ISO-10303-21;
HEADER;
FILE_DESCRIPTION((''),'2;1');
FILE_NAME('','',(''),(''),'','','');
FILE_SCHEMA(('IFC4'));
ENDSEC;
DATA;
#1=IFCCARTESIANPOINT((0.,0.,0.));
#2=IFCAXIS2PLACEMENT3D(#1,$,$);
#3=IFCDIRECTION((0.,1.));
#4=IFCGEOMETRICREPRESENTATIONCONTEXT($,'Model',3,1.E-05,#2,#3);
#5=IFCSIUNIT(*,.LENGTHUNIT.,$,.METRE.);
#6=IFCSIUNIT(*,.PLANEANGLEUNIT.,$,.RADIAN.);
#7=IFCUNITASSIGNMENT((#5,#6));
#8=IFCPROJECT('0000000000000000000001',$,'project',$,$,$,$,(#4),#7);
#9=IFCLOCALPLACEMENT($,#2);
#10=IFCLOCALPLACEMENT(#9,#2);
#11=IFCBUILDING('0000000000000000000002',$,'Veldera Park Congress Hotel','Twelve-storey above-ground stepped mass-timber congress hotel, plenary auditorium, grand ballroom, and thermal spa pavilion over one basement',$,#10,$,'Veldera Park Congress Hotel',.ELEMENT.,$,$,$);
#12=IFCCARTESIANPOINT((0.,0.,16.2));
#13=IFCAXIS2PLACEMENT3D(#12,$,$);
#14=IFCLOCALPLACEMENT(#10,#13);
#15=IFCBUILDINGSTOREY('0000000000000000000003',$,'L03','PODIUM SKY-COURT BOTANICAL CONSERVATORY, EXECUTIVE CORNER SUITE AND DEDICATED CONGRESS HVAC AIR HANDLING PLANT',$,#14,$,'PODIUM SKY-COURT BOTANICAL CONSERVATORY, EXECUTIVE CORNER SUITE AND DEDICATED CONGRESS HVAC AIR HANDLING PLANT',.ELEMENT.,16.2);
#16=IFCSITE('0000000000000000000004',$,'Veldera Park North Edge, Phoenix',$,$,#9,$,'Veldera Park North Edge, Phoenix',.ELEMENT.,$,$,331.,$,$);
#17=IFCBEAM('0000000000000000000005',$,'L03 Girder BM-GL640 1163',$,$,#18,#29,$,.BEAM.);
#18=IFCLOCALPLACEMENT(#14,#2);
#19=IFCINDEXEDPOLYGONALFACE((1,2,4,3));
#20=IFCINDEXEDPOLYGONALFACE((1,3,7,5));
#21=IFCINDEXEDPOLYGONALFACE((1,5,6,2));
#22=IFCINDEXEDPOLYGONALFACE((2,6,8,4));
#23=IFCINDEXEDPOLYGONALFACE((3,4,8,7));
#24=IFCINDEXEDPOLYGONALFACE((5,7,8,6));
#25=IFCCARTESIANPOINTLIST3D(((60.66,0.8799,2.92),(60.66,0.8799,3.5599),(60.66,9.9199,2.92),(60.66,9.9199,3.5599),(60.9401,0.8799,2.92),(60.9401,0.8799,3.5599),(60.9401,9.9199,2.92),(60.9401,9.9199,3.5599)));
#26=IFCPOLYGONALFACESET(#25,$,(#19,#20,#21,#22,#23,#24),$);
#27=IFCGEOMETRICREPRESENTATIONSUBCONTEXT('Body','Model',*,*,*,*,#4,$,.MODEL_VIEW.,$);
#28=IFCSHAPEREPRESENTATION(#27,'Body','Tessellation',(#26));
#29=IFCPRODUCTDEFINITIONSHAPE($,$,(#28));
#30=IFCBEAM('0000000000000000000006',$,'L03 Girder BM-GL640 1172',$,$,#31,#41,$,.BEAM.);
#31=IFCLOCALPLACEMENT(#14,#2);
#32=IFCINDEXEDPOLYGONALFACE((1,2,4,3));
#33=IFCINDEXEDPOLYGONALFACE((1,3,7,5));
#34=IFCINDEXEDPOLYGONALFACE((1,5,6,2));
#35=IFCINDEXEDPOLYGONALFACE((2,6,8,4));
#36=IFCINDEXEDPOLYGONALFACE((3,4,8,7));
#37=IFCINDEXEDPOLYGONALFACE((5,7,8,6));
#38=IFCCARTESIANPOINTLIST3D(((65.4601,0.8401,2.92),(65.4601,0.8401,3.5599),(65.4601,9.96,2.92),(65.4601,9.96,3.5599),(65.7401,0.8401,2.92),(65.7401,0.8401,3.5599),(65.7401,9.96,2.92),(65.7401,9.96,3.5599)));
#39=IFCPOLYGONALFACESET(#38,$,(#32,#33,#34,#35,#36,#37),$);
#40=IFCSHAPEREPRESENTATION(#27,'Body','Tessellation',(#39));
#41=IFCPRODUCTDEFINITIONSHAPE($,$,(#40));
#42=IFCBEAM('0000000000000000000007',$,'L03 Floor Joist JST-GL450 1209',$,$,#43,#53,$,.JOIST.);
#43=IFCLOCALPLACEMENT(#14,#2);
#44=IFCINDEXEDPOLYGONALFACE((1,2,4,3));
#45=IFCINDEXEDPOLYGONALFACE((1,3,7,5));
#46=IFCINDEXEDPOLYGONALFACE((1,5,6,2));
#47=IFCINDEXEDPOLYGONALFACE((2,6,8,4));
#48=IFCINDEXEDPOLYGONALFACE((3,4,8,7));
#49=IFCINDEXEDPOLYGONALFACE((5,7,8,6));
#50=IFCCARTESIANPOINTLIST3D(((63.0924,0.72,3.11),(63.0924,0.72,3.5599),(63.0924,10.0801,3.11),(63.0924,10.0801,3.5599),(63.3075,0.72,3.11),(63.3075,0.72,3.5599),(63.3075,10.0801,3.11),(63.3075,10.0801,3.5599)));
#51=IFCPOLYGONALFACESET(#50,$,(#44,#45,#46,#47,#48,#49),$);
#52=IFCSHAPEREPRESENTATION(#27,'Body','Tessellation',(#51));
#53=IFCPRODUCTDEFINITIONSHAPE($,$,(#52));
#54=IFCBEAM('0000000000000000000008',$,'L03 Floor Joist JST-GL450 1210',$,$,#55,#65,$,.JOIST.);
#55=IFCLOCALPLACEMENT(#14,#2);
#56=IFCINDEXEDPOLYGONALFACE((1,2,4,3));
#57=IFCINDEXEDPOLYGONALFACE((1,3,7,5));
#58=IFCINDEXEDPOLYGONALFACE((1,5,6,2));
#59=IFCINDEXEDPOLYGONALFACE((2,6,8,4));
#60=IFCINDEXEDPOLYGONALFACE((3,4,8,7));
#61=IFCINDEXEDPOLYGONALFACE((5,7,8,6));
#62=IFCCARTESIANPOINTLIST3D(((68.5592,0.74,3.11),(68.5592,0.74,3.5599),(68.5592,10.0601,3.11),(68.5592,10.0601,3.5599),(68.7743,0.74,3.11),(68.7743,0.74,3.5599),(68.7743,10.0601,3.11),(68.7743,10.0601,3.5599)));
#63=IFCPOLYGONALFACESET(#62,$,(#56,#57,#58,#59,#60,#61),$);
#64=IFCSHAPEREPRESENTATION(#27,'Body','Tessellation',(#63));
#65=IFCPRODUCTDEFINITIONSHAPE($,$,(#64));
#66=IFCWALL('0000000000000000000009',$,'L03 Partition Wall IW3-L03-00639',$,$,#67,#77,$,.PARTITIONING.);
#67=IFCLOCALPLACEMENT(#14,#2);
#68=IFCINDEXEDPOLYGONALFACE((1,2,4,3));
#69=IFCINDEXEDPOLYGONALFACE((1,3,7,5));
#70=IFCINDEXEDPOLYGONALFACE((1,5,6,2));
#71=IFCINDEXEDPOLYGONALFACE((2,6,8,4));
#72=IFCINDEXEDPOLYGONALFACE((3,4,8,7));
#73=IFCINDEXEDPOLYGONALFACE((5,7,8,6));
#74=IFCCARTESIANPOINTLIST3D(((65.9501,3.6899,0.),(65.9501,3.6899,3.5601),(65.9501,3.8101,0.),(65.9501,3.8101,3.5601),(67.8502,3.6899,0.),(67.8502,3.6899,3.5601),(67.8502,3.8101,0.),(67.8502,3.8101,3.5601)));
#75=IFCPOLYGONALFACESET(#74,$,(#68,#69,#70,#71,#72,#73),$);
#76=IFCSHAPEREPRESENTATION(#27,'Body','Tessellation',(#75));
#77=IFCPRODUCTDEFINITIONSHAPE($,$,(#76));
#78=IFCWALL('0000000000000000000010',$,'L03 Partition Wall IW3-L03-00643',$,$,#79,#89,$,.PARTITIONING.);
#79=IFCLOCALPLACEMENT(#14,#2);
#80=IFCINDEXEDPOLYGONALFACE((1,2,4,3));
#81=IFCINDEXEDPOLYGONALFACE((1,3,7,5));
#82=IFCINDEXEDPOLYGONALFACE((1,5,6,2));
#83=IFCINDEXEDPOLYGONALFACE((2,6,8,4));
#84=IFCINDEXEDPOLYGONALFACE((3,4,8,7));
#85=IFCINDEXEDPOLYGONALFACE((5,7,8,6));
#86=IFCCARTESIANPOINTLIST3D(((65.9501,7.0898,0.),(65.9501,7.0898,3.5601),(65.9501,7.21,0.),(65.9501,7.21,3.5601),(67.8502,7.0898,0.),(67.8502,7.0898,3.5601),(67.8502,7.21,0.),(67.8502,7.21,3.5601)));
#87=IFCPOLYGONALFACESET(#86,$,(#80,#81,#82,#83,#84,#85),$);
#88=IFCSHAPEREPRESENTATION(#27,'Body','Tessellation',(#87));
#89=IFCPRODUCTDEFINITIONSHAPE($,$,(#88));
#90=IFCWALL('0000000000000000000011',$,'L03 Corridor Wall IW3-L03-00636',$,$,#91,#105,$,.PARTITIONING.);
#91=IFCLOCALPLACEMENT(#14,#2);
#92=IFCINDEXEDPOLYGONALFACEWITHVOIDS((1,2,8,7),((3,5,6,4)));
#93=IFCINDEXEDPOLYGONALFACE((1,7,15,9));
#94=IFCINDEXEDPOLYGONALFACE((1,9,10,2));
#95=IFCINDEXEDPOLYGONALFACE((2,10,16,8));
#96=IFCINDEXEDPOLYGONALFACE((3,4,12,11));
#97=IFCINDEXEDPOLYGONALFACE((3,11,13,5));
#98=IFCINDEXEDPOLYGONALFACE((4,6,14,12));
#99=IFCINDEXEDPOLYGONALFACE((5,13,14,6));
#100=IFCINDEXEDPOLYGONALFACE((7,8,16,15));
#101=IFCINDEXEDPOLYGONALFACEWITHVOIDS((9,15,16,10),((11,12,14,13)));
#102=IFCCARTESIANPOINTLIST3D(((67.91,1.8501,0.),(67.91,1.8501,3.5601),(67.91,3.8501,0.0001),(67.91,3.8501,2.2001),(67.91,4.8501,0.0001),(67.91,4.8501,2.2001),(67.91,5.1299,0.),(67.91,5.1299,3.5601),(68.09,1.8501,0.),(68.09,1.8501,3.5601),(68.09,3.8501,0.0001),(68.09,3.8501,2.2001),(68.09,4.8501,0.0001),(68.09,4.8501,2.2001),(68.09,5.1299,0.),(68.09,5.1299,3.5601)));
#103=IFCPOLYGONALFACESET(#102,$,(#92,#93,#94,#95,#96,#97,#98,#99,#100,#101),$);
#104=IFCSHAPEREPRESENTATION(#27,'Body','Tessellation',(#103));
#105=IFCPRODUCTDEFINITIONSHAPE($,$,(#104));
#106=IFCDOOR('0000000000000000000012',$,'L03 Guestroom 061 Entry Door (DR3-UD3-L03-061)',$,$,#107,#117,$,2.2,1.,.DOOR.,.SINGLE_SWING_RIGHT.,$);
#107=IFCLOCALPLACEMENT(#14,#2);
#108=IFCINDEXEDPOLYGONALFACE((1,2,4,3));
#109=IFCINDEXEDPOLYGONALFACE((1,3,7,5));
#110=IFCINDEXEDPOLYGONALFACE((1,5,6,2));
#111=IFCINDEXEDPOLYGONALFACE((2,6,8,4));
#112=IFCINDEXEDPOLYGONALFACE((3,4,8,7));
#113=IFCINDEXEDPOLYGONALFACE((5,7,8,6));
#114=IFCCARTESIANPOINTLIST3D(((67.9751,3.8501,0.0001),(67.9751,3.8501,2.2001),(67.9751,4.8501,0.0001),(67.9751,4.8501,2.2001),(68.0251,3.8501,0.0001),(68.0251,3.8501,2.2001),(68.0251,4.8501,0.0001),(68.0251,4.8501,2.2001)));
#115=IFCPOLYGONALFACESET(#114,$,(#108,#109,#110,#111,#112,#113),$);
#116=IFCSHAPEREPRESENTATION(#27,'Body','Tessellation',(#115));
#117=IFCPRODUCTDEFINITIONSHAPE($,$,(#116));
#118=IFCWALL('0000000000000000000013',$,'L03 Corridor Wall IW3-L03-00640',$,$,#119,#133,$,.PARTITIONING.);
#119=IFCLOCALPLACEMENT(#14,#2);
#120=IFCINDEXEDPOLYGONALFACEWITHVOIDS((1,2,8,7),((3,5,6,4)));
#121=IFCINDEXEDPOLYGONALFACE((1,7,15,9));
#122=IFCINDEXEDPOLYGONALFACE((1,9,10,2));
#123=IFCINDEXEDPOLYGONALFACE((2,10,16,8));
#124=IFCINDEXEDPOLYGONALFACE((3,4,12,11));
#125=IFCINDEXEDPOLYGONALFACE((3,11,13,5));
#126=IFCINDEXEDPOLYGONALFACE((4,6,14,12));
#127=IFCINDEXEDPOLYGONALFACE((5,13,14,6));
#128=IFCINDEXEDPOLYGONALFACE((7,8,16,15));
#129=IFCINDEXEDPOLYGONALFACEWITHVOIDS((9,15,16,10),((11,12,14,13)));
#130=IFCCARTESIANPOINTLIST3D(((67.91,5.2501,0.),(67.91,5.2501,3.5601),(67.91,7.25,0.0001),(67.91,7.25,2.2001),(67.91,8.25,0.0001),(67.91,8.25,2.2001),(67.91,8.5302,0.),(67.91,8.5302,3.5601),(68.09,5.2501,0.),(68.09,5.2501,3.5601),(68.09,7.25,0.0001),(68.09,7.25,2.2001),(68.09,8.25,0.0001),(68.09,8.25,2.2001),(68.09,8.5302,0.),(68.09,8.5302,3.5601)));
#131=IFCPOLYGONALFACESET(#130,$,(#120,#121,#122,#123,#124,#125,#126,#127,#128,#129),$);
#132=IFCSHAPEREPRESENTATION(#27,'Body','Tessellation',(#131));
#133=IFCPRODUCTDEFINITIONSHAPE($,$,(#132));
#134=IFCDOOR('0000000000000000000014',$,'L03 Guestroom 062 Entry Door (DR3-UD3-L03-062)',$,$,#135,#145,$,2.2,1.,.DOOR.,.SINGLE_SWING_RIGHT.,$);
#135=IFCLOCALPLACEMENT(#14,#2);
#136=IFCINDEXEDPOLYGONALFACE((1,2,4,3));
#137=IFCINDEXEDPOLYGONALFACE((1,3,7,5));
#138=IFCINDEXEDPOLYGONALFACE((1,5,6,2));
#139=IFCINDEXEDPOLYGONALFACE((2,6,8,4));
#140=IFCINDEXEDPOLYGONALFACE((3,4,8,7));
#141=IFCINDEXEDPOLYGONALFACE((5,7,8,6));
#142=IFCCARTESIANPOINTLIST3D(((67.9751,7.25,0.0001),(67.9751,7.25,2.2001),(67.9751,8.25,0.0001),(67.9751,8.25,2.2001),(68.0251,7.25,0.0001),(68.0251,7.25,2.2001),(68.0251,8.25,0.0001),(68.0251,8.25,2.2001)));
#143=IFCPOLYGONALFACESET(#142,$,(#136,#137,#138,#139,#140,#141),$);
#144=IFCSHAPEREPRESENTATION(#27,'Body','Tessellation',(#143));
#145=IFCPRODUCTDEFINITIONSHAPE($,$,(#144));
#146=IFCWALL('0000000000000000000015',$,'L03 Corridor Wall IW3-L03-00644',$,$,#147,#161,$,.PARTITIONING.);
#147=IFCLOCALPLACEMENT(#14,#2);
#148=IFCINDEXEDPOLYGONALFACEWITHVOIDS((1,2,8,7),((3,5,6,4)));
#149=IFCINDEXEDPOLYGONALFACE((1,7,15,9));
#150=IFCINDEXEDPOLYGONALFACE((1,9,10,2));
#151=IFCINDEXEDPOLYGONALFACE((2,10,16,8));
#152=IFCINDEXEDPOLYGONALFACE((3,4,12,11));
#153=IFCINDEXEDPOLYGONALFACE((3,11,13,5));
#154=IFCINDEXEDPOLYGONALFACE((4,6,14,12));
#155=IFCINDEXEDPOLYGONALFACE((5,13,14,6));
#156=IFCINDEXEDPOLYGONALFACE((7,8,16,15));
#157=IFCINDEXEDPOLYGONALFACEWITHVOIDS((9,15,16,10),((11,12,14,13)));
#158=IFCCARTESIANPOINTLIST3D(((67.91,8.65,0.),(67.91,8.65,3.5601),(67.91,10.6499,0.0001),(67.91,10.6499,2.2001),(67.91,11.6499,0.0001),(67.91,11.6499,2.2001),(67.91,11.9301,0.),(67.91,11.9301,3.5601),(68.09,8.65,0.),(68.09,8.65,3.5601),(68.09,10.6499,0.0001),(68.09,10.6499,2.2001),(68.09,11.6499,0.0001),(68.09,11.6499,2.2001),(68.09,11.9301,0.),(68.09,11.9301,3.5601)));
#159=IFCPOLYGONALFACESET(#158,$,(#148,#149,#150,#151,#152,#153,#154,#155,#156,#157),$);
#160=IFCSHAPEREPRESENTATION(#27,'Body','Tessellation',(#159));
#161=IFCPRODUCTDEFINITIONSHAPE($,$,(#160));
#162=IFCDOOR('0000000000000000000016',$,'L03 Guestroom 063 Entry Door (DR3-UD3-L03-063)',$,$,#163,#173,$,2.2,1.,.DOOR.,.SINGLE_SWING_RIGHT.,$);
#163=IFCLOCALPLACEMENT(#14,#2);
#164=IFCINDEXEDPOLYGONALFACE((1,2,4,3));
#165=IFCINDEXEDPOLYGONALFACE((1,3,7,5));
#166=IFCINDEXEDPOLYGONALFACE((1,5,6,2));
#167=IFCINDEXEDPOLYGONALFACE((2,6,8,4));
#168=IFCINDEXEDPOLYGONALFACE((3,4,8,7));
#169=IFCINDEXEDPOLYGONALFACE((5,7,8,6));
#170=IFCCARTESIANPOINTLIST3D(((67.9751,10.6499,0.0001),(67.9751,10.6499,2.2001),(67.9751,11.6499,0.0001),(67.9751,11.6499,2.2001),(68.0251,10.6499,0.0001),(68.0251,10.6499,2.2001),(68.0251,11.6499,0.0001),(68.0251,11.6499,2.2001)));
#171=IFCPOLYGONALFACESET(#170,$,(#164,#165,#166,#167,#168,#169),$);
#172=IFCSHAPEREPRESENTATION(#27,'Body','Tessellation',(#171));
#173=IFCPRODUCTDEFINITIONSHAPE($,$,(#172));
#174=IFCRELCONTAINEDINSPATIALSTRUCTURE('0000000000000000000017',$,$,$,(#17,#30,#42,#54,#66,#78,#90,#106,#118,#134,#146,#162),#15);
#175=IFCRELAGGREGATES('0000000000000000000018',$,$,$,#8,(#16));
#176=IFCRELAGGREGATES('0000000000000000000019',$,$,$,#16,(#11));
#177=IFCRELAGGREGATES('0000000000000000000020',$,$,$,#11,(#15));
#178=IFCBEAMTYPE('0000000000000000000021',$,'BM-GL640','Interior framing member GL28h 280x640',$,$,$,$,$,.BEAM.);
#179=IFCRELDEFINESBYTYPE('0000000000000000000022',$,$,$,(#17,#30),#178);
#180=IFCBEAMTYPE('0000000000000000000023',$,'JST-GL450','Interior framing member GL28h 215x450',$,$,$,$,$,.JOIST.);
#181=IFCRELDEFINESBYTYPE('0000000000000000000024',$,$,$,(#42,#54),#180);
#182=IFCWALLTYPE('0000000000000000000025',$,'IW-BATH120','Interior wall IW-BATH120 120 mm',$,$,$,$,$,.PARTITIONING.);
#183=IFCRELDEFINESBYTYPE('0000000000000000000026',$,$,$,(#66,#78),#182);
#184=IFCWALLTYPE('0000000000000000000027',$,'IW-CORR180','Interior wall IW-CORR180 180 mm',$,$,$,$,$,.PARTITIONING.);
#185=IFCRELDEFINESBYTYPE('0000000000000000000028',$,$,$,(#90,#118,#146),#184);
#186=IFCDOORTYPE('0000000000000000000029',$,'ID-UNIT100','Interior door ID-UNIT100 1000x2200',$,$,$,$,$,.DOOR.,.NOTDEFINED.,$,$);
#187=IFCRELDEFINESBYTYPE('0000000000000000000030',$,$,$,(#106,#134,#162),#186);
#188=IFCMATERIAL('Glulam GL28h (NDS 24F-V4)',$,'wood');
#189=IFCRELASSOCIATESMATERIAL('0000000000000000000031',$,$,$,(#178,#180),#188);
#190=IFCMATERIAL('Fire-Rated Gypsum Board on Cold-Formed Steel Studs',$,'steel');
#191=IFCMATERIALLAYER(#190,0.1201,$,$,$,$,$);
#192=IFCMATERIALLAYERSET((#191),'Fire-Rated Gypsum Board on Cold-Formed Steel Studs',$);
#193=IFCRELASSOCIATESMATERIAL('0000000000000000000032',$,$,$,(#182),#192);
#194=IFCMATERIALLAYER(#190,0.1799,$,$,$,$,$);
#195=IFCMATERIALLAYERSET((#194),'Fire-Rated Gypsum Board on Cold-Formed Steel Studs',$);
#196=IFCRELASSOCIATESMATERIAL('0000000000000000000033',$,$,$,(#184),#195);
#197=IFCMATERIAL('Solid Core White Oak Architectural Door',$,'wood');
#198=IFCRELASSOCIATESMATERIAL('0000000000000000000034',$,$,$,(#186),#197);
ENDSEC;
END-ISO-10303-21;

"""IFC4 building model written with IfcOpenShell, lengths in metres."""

from ifc_helpers import new_model, si_unit, direction, frame, frame_2d, origin, origin_2d, place, context, subcontext, project, spatial, rectangle, extrude, material, layer, layer_set, material_profile, profile_set, type_object, element, fill, save


model = new_model("IFC4")

# Units and contexts
model_context = context("Model", 3, precision=1e-05, world=origin(), true_north=direction((0.0, 1.0)))
body_context = subcontext(model_context, "Body", "Model", "MODEL_VIEW")
ifc_project = project(units=[si_unit("LENGTHUNIT", "METRE"), si_unit("PLANEANGLEUNIT", "RADIAN")], contexts=[model_context])

# Site, building, storey
site_placement = place(None, origin())
site = spatial("IfcSite", under=ifc_project, at=site_placement, Name="Veldera Park North Edge, Phoenix", LongName="Veldera Park North Edge, Phoenix", CompositionType="ELEMENT", RefElevation=331.0)
building_placement = place(site_placement, origin())
building = spatial("IfcBuilding", under=site, at=building_placement, Name="Veldera Park Congress Hotel", Description="Twelve-storey above-ground stepped mass-timber congress hotel, plenary auditorium, grand ballroom, and thermal spa pavilion over one basement", LongName="Veldera Park Congress Hotel", CompositionType="ELEMENT")
storey_placement = place(building_placement, frame((0.0, 0.0, 16.2)))
storey = spatial("IfcBuildingStorey", under=building, at=storey_placement, Name="L03", Description="PODIUM SKY-COURT BOTANICAL CONSERVATORY, EXECUTIVE CORNER SUITE AND DEDICATED CONGRESS HVAC AIR HANDLING PLANT", LongName="PODIUM SKY-COURT BOTANICAL CONSERVATORY, EXECUTIVE CORNER SUITE AND DEDICATED CONGRESS HVAC AIR HANDLING PLANT", CompositionType="ELEMENT", Elevation=16.2)

# Beams
ifc_material_1 = material(Name="Glulam GL28h (NDS 24F-V4)", Category="wood")
ifc_material_profile_1 = material_profile(ifc_material_1, rectangle(XDim=0.28, YDim=0.6399, at=origin_2d()), Name="GL28h 280x640")
ifc_profile_set_1 = profile_set([ifc_material_profile_1], Name="Glulam GL28h (NDS 24F-V4)")
beam_type_1 = type_object("IfcBeamType", Name="BM-GL640", Description="Interior framing member GL28h 280x640", PredefinedType="BEAM", material=ifc_profile_set_1)
beam_1_placement = place(storey_placement, frame((60.8, 0.8799, 3.24), z_axis=(0.0, 1.0, 0.0), x_axis=(-1.0, 0.0, 0.0)))
element("IfcBeam", 1, at=beam_1_placement, inside=storey, type_object=beam_type_1, Name="L03 Girder BM-GL640 1163", PredefinedType="BEAM", context=body_context, shape_type="SweptSolid", body=[
    extrude(rectangle(XDim=0.28, YDim=0.6399, at=origin_2d()), origin(), (0.0, 0.0, 1.0), 9.04),
])
beam_2_placement = place(storey_placement, frame((65.6001, 0.8401, 3.24), z_axis=(0.0, 1.0, 0.0), x_axis=(-1.0, 0.0, 0.0)))
element("IfcBeam", 2, at=beam_2_placement, inside=storey, type_object=beam_type_1, Name="L03 Girder BM-GL640 1172", PredefinedType="BEAM", context=body_context, shape_type="SweptSolid", body=[
    extrude(rectangle(XDim=0.28, YDim=0.6399, at=origin_2d()), origin(), (0.0, 0.0, 1.0), 9.1199),
])
ifc_material_profile_2 = material_profile(ifc_material_1, rectangle(XDim=0.2151, YDim=0.45, at=origin_2d()), Name="GL28h 215x450")
ifc_profile_set_2 = profile_set([ifc_material_profile_2], Name="Glulam GL28h (NDS 24F-V4)")
beam_type_2 = type_object("IfcBeamType", Name="JST-GL450", Description="Interior framing member GL28h 215x450", PredefinedType="JOIST", material=ifc_profile_set_2)
beam_3_placement = place(storey_placement, frame((63.2, 0.72, 3.335), z_axis=(0.0, 1.0, 0.0), x_axis=(-1.0, 0.0, 0.0)))
element("IfcBeam", 3, at=beam_3_placement, inside=storey, type_object=beam_type_2, Name="L03 Floor Joist JST-GL450 1209", PredefinedType="JOIST", context=body_context, shape_type="SweptSolid", body=[
    extrude(rectangle(XDim=0.2151, YDim=0.45, at=origin_2d()), origin(), (0.0, 0.0, 1.0), 9.3601),
])
beam_4_placement = place(storey_placement, frame((68.6667, 0.74, 3.335), z_axis=(0.0, 1.0, 0.0), x_axis=(-1.0, 0.0, 0.0)))
element("IfcBeam", 4, at=beam_4_placement, inside=storey, type_object=beam_type_2, Name="L03 Floor Joist JST-GL450 1210", PredefinedType="JOIST", context=body_context, shape_type="SweptSolid", body=[
    extrude(rectangle(XDim=0.2151, YDim=0.45, at=origin_2d()), origin(), (0.0, 0.0, 1.0), 9.3201),
])

# Shared definitions
ifc_material_2 = material(Name="Fire-Rated Gypsum Board on Cold-Formed Steel Studs", Category="steel")
ifc_layer_1 = layer(ifc_material_2, 0.1201)
ifc_layer_set_1 = layer_set([ifc_layer_1], Name="Fire-Rated Gypsum Board on Cold-Formed Steel Studs")
wall_type_1 = type_object("IfcWallType", Name="IW-BATH120", Description="Interior wall IW-BATH120 120 mm", PredefinedType="PARTITIONING", material=ifc_layer_set_1)
ifc_material_3 = material(Name="Solid Core White Oak Architectural Door", Category="wood")

# Wall
wall_1_placement = place(storey_placement, frame((65.95, 3.75, 0.0), z_axis=(0.0, 0.0, 1.0), x_axis=(1.0, 0.0, 0.0)))
element("IfcWall", 5, at=wall_1_placement, inside=storey, type_object=wall_type_1, Name="L03 Partition Wall IW3-L03-00639", PredefinedType="PARTITIONING", context=body_context, shape_type="SweptSolid", body=[
    extrude(rectangle(XDim=1.9001, YDim=0.1201, at=frame_2d((0.9502, 0.0))), origin(), (0.0, 0.0, 1.0), 3.5601),
])

# Wall
wall_2_placement = place(storey_placement, frame((65.95, 7.1499, 0.0), z_axis=(0.0, 0.0, 1.0), x_axis=(1.0, 0.0, 0.0)))
element("IfcWall", 6, at=wall_2_placement, inside=storey, type_object=wall_type_1, Name="L03 Partition Wall IW3-L03-00643", PredefinedType="PARTITIONING", context=body_context, shape_type="SweptSolid", body=[
    extrude(rectangle(XDim=1.9001, YDim=0.1201, at=frame_2d((0.9502, 0.0))), origin(), (0.0, 0.0, 1.0), 3.5601),
])

# Walls, openings, doors
ifc_layer_2 = layer(ifc_material_2, 0.1799)
ifc_layer_set_2 = layer_set([ifc_layer_2], Name="Fire-Rated Gypsum Board on Cold-Formed Steel Studs")
wall_type_2 = type_object("IfcWallType", Name="IW-CORR180", Description="Interior wall IW-CORR180 180 mm", PredefinedType="PARTITIONING", material=ifc_layer_set_2)
wall_3_placement = place(storey_placement, frame((68.0, 1.8501, 0.0), z_axis=(0.0, 0.0, 1.0), x_axis=(0.0, 1.0, 0.0)))
wall_3 = element("IfcWall", 7, at=wall_3_placement, inside=storey, type_object=wall_type_2, Name="L03 Corridor Wall IW3-L03-00636", PredefinedType="PARTITIONING", context=body_context, shape_type="SweptSolid", body=[
    extrude(rectangle(XDim=3.2798, YDim=0.1799, at=frame_2d((1.6399, 0.0))), origin(), (0.0, 0.0, 1.0), 3.5601),
])
opening_1_placement = place(wall_3_placement, frame((2.0, 0.0, 0.0)))
opening_1 = element("IfcOpeningElement", 8, at=opening_1_placement, cuts=wall_3, PredefinedType="OPENING", context=body_context, shape_type="SweptSolid", body=[
    extrude(rectangle(XDim=1.0, YDim=2.2, at=frame_2d((0.5, 1.1001))), frame((0.0, 0.1021, 0.0), z_axis=(0.0, -1.0, 0.0), x_axis=(1.0, 0.0, 0.0)), (0.0, 0.0, 1.0), 0.2039),
])
door_type_1 = type_object("IfcDoorType", Name="ID-UNIT100", Description="Interior door ID-UNIT100 1000x2200", OperationType="NOTDEFINED", PredefinedType="DOOR", material=ifc_material_3)
door_1_placement = place(opening_1_placement, origin())
door_1 = element("IfcDoor", 9, at=door_1_placement, inside=storey, type_object=door_type_1, Name="L03 Guestroom 061 Entry Door (DR3-UD3-L03-061)", OperationType="SINGLE_SWING_RIGHT", OverallHeight=2.2, OverallWidth=1.0, PredefinedType="DOOR", context=body_context, shape_type="SweptSolid", body=[
    extrude(rectangle(XDim=1.0, YDim=2.2, at=frame_2d((0.5, 1.1001))), frame((0.0, 0.0249, 0.0), z_axis=(0.0, -1.0, 0.0), x_axis=(1.0, 0.0, 0.0)), (0.0, 0.0, 1.0), 0.05),
])
fill(opening_1, door_1)
wall_4_placement = place(storey_placement, frame((68.0, 5.25, 0.0), z_axis=(0.0, 0.0, 1.0), x_axis=(0.0, 1.0, 0.0)))
wall_4 = element("IfcWall", 10, at=wall_4_placement, inside=storey, type_object=wall_type_2, Name="L03 Corridor Wall IW3-L03-00640", PredefinedType="PARTITIONING", context=body_context, shape_type="SweptSolid", body=[
    extrude(rectangle(XDim=3.28, YDim=0.1799, at=frame_2d((1.6401, 0.0))), origin(), (0.0, 0.0, 1.0), 3.5601),
])
opening_2_placement = place(wall_4_placement, frame((2.0, 0.0, 0.0)))
opening_2 = element("IfcOpeningElement", 11, at=opening_2_placement, cuts=wall_4, PredefinedType="OPENING", context=body_context, shape_type="SweptSolid", body=[
    extrude(rectangle(XDim=1.0, YDim=2.2, at=frame_2d((0.5, 1.1001))), frame((0.0, 0.1021, 0.0), z_axis=(0.0, -1.0, 0.0), x_axis=(1.0, 0.0, 0.0)), (0.0, 0.0, 1.0), 0.2039),
])
door_2_placement = place(opening_2_placement, origin())
door_2 = element("IfcDoor", 12, at=door_2_placement, inside=storey, type_object=door_type_1, Name="L03 Guestroom 062 Entry Door (DR3-UD3-L03-062)", OperationType="SINGLE_SWING_RIGHT", OverallHeight=2.2, OverallWidth=1.0, PredefinedType="DOOR", context=body_context, shape_type="SweptSolid", body=[
    extrude(rectangle(XDim=1.0, YDim=2.2, at=frame_2d((0.5, 1.1001))), frame((0.0, 0.0249, 0.0), z_axis=(0.0, -1.0, 0.0), x_axis=(1.0, 0.0, 0.0)), (0.0, 0.0, 1.0), 0.05),
])
fill(opening_2, door_2)
wall_5_placement = place(storey_placement, frame((68.0, 8.6499, 0.0), z_axis=(0.0, 0.0, 1.0), x_axis=(0.0, 1.0, 0.0)))
wall_5 = element("IfcWall", 13, at=wall_5_placement, inside=storey, type_object=wall_type_2, Name="L03 Corridor Wall IW3-L03-00644", PredefinedType="PARTITIONING", context=body_context, shape_type="SweptSolid", body=[
    extrude(rectangle(XDim=3.28, YDim=0.1799, at=frame_2d((1.6401, 0.0))), origin(), (0.0, 0.0, 1.0), 3.5601),
])
opening_3_placement = place(wall_5_placement, frame((2.0, 0.0, 0.0)))
opening_3 = element("IfcOpeningElement", 14, at=opening_3_placement, cuts=wall_5, PredefinedType="OPENING", context=body_context, shape_type="SweptSolid", body=[
    extrude(rectangle(XDim=1.0, YDim=2.2, at=frame_2d((0.5, 1.1001))), frame((0.0, 0.1021, 0.0), z_axis=(0.0, -1.0, 0.0), x_axis=(1.0, 0.0, 0.0)), (0.0, 0.0, 1.0), 0.2039),
])
door_3_placement = place(opening_3_placement, origin())
door_3 = element("IfcDoor", 15, at=door_3_placement, inside=storey, type_object=door_type_1, Name="L03 Guestroom 063 Entry Door (DR3-UD3-L03-063)", OperationType="SINGLE_SWING_RIGHT", OverallHeight=2.2, OverallWidth=1.0, PredefinedType="DOOR", context=body_context, shape_type="SweptSolid", body=[
    extrude(rectangle(XDim=1.0, YDim=2.2, at=frame_2d((0.5, 1.1001))), frame((0.0, 0.0249, 0.0), z_axis=(0.0, -1.0, 0.0), x_axis=(1.0, 0.0, 0.0)), (0.0, 0.0, 1.0), 0.05),
])
fill(opening_3, door_3)

save(model, "model.ifc")
